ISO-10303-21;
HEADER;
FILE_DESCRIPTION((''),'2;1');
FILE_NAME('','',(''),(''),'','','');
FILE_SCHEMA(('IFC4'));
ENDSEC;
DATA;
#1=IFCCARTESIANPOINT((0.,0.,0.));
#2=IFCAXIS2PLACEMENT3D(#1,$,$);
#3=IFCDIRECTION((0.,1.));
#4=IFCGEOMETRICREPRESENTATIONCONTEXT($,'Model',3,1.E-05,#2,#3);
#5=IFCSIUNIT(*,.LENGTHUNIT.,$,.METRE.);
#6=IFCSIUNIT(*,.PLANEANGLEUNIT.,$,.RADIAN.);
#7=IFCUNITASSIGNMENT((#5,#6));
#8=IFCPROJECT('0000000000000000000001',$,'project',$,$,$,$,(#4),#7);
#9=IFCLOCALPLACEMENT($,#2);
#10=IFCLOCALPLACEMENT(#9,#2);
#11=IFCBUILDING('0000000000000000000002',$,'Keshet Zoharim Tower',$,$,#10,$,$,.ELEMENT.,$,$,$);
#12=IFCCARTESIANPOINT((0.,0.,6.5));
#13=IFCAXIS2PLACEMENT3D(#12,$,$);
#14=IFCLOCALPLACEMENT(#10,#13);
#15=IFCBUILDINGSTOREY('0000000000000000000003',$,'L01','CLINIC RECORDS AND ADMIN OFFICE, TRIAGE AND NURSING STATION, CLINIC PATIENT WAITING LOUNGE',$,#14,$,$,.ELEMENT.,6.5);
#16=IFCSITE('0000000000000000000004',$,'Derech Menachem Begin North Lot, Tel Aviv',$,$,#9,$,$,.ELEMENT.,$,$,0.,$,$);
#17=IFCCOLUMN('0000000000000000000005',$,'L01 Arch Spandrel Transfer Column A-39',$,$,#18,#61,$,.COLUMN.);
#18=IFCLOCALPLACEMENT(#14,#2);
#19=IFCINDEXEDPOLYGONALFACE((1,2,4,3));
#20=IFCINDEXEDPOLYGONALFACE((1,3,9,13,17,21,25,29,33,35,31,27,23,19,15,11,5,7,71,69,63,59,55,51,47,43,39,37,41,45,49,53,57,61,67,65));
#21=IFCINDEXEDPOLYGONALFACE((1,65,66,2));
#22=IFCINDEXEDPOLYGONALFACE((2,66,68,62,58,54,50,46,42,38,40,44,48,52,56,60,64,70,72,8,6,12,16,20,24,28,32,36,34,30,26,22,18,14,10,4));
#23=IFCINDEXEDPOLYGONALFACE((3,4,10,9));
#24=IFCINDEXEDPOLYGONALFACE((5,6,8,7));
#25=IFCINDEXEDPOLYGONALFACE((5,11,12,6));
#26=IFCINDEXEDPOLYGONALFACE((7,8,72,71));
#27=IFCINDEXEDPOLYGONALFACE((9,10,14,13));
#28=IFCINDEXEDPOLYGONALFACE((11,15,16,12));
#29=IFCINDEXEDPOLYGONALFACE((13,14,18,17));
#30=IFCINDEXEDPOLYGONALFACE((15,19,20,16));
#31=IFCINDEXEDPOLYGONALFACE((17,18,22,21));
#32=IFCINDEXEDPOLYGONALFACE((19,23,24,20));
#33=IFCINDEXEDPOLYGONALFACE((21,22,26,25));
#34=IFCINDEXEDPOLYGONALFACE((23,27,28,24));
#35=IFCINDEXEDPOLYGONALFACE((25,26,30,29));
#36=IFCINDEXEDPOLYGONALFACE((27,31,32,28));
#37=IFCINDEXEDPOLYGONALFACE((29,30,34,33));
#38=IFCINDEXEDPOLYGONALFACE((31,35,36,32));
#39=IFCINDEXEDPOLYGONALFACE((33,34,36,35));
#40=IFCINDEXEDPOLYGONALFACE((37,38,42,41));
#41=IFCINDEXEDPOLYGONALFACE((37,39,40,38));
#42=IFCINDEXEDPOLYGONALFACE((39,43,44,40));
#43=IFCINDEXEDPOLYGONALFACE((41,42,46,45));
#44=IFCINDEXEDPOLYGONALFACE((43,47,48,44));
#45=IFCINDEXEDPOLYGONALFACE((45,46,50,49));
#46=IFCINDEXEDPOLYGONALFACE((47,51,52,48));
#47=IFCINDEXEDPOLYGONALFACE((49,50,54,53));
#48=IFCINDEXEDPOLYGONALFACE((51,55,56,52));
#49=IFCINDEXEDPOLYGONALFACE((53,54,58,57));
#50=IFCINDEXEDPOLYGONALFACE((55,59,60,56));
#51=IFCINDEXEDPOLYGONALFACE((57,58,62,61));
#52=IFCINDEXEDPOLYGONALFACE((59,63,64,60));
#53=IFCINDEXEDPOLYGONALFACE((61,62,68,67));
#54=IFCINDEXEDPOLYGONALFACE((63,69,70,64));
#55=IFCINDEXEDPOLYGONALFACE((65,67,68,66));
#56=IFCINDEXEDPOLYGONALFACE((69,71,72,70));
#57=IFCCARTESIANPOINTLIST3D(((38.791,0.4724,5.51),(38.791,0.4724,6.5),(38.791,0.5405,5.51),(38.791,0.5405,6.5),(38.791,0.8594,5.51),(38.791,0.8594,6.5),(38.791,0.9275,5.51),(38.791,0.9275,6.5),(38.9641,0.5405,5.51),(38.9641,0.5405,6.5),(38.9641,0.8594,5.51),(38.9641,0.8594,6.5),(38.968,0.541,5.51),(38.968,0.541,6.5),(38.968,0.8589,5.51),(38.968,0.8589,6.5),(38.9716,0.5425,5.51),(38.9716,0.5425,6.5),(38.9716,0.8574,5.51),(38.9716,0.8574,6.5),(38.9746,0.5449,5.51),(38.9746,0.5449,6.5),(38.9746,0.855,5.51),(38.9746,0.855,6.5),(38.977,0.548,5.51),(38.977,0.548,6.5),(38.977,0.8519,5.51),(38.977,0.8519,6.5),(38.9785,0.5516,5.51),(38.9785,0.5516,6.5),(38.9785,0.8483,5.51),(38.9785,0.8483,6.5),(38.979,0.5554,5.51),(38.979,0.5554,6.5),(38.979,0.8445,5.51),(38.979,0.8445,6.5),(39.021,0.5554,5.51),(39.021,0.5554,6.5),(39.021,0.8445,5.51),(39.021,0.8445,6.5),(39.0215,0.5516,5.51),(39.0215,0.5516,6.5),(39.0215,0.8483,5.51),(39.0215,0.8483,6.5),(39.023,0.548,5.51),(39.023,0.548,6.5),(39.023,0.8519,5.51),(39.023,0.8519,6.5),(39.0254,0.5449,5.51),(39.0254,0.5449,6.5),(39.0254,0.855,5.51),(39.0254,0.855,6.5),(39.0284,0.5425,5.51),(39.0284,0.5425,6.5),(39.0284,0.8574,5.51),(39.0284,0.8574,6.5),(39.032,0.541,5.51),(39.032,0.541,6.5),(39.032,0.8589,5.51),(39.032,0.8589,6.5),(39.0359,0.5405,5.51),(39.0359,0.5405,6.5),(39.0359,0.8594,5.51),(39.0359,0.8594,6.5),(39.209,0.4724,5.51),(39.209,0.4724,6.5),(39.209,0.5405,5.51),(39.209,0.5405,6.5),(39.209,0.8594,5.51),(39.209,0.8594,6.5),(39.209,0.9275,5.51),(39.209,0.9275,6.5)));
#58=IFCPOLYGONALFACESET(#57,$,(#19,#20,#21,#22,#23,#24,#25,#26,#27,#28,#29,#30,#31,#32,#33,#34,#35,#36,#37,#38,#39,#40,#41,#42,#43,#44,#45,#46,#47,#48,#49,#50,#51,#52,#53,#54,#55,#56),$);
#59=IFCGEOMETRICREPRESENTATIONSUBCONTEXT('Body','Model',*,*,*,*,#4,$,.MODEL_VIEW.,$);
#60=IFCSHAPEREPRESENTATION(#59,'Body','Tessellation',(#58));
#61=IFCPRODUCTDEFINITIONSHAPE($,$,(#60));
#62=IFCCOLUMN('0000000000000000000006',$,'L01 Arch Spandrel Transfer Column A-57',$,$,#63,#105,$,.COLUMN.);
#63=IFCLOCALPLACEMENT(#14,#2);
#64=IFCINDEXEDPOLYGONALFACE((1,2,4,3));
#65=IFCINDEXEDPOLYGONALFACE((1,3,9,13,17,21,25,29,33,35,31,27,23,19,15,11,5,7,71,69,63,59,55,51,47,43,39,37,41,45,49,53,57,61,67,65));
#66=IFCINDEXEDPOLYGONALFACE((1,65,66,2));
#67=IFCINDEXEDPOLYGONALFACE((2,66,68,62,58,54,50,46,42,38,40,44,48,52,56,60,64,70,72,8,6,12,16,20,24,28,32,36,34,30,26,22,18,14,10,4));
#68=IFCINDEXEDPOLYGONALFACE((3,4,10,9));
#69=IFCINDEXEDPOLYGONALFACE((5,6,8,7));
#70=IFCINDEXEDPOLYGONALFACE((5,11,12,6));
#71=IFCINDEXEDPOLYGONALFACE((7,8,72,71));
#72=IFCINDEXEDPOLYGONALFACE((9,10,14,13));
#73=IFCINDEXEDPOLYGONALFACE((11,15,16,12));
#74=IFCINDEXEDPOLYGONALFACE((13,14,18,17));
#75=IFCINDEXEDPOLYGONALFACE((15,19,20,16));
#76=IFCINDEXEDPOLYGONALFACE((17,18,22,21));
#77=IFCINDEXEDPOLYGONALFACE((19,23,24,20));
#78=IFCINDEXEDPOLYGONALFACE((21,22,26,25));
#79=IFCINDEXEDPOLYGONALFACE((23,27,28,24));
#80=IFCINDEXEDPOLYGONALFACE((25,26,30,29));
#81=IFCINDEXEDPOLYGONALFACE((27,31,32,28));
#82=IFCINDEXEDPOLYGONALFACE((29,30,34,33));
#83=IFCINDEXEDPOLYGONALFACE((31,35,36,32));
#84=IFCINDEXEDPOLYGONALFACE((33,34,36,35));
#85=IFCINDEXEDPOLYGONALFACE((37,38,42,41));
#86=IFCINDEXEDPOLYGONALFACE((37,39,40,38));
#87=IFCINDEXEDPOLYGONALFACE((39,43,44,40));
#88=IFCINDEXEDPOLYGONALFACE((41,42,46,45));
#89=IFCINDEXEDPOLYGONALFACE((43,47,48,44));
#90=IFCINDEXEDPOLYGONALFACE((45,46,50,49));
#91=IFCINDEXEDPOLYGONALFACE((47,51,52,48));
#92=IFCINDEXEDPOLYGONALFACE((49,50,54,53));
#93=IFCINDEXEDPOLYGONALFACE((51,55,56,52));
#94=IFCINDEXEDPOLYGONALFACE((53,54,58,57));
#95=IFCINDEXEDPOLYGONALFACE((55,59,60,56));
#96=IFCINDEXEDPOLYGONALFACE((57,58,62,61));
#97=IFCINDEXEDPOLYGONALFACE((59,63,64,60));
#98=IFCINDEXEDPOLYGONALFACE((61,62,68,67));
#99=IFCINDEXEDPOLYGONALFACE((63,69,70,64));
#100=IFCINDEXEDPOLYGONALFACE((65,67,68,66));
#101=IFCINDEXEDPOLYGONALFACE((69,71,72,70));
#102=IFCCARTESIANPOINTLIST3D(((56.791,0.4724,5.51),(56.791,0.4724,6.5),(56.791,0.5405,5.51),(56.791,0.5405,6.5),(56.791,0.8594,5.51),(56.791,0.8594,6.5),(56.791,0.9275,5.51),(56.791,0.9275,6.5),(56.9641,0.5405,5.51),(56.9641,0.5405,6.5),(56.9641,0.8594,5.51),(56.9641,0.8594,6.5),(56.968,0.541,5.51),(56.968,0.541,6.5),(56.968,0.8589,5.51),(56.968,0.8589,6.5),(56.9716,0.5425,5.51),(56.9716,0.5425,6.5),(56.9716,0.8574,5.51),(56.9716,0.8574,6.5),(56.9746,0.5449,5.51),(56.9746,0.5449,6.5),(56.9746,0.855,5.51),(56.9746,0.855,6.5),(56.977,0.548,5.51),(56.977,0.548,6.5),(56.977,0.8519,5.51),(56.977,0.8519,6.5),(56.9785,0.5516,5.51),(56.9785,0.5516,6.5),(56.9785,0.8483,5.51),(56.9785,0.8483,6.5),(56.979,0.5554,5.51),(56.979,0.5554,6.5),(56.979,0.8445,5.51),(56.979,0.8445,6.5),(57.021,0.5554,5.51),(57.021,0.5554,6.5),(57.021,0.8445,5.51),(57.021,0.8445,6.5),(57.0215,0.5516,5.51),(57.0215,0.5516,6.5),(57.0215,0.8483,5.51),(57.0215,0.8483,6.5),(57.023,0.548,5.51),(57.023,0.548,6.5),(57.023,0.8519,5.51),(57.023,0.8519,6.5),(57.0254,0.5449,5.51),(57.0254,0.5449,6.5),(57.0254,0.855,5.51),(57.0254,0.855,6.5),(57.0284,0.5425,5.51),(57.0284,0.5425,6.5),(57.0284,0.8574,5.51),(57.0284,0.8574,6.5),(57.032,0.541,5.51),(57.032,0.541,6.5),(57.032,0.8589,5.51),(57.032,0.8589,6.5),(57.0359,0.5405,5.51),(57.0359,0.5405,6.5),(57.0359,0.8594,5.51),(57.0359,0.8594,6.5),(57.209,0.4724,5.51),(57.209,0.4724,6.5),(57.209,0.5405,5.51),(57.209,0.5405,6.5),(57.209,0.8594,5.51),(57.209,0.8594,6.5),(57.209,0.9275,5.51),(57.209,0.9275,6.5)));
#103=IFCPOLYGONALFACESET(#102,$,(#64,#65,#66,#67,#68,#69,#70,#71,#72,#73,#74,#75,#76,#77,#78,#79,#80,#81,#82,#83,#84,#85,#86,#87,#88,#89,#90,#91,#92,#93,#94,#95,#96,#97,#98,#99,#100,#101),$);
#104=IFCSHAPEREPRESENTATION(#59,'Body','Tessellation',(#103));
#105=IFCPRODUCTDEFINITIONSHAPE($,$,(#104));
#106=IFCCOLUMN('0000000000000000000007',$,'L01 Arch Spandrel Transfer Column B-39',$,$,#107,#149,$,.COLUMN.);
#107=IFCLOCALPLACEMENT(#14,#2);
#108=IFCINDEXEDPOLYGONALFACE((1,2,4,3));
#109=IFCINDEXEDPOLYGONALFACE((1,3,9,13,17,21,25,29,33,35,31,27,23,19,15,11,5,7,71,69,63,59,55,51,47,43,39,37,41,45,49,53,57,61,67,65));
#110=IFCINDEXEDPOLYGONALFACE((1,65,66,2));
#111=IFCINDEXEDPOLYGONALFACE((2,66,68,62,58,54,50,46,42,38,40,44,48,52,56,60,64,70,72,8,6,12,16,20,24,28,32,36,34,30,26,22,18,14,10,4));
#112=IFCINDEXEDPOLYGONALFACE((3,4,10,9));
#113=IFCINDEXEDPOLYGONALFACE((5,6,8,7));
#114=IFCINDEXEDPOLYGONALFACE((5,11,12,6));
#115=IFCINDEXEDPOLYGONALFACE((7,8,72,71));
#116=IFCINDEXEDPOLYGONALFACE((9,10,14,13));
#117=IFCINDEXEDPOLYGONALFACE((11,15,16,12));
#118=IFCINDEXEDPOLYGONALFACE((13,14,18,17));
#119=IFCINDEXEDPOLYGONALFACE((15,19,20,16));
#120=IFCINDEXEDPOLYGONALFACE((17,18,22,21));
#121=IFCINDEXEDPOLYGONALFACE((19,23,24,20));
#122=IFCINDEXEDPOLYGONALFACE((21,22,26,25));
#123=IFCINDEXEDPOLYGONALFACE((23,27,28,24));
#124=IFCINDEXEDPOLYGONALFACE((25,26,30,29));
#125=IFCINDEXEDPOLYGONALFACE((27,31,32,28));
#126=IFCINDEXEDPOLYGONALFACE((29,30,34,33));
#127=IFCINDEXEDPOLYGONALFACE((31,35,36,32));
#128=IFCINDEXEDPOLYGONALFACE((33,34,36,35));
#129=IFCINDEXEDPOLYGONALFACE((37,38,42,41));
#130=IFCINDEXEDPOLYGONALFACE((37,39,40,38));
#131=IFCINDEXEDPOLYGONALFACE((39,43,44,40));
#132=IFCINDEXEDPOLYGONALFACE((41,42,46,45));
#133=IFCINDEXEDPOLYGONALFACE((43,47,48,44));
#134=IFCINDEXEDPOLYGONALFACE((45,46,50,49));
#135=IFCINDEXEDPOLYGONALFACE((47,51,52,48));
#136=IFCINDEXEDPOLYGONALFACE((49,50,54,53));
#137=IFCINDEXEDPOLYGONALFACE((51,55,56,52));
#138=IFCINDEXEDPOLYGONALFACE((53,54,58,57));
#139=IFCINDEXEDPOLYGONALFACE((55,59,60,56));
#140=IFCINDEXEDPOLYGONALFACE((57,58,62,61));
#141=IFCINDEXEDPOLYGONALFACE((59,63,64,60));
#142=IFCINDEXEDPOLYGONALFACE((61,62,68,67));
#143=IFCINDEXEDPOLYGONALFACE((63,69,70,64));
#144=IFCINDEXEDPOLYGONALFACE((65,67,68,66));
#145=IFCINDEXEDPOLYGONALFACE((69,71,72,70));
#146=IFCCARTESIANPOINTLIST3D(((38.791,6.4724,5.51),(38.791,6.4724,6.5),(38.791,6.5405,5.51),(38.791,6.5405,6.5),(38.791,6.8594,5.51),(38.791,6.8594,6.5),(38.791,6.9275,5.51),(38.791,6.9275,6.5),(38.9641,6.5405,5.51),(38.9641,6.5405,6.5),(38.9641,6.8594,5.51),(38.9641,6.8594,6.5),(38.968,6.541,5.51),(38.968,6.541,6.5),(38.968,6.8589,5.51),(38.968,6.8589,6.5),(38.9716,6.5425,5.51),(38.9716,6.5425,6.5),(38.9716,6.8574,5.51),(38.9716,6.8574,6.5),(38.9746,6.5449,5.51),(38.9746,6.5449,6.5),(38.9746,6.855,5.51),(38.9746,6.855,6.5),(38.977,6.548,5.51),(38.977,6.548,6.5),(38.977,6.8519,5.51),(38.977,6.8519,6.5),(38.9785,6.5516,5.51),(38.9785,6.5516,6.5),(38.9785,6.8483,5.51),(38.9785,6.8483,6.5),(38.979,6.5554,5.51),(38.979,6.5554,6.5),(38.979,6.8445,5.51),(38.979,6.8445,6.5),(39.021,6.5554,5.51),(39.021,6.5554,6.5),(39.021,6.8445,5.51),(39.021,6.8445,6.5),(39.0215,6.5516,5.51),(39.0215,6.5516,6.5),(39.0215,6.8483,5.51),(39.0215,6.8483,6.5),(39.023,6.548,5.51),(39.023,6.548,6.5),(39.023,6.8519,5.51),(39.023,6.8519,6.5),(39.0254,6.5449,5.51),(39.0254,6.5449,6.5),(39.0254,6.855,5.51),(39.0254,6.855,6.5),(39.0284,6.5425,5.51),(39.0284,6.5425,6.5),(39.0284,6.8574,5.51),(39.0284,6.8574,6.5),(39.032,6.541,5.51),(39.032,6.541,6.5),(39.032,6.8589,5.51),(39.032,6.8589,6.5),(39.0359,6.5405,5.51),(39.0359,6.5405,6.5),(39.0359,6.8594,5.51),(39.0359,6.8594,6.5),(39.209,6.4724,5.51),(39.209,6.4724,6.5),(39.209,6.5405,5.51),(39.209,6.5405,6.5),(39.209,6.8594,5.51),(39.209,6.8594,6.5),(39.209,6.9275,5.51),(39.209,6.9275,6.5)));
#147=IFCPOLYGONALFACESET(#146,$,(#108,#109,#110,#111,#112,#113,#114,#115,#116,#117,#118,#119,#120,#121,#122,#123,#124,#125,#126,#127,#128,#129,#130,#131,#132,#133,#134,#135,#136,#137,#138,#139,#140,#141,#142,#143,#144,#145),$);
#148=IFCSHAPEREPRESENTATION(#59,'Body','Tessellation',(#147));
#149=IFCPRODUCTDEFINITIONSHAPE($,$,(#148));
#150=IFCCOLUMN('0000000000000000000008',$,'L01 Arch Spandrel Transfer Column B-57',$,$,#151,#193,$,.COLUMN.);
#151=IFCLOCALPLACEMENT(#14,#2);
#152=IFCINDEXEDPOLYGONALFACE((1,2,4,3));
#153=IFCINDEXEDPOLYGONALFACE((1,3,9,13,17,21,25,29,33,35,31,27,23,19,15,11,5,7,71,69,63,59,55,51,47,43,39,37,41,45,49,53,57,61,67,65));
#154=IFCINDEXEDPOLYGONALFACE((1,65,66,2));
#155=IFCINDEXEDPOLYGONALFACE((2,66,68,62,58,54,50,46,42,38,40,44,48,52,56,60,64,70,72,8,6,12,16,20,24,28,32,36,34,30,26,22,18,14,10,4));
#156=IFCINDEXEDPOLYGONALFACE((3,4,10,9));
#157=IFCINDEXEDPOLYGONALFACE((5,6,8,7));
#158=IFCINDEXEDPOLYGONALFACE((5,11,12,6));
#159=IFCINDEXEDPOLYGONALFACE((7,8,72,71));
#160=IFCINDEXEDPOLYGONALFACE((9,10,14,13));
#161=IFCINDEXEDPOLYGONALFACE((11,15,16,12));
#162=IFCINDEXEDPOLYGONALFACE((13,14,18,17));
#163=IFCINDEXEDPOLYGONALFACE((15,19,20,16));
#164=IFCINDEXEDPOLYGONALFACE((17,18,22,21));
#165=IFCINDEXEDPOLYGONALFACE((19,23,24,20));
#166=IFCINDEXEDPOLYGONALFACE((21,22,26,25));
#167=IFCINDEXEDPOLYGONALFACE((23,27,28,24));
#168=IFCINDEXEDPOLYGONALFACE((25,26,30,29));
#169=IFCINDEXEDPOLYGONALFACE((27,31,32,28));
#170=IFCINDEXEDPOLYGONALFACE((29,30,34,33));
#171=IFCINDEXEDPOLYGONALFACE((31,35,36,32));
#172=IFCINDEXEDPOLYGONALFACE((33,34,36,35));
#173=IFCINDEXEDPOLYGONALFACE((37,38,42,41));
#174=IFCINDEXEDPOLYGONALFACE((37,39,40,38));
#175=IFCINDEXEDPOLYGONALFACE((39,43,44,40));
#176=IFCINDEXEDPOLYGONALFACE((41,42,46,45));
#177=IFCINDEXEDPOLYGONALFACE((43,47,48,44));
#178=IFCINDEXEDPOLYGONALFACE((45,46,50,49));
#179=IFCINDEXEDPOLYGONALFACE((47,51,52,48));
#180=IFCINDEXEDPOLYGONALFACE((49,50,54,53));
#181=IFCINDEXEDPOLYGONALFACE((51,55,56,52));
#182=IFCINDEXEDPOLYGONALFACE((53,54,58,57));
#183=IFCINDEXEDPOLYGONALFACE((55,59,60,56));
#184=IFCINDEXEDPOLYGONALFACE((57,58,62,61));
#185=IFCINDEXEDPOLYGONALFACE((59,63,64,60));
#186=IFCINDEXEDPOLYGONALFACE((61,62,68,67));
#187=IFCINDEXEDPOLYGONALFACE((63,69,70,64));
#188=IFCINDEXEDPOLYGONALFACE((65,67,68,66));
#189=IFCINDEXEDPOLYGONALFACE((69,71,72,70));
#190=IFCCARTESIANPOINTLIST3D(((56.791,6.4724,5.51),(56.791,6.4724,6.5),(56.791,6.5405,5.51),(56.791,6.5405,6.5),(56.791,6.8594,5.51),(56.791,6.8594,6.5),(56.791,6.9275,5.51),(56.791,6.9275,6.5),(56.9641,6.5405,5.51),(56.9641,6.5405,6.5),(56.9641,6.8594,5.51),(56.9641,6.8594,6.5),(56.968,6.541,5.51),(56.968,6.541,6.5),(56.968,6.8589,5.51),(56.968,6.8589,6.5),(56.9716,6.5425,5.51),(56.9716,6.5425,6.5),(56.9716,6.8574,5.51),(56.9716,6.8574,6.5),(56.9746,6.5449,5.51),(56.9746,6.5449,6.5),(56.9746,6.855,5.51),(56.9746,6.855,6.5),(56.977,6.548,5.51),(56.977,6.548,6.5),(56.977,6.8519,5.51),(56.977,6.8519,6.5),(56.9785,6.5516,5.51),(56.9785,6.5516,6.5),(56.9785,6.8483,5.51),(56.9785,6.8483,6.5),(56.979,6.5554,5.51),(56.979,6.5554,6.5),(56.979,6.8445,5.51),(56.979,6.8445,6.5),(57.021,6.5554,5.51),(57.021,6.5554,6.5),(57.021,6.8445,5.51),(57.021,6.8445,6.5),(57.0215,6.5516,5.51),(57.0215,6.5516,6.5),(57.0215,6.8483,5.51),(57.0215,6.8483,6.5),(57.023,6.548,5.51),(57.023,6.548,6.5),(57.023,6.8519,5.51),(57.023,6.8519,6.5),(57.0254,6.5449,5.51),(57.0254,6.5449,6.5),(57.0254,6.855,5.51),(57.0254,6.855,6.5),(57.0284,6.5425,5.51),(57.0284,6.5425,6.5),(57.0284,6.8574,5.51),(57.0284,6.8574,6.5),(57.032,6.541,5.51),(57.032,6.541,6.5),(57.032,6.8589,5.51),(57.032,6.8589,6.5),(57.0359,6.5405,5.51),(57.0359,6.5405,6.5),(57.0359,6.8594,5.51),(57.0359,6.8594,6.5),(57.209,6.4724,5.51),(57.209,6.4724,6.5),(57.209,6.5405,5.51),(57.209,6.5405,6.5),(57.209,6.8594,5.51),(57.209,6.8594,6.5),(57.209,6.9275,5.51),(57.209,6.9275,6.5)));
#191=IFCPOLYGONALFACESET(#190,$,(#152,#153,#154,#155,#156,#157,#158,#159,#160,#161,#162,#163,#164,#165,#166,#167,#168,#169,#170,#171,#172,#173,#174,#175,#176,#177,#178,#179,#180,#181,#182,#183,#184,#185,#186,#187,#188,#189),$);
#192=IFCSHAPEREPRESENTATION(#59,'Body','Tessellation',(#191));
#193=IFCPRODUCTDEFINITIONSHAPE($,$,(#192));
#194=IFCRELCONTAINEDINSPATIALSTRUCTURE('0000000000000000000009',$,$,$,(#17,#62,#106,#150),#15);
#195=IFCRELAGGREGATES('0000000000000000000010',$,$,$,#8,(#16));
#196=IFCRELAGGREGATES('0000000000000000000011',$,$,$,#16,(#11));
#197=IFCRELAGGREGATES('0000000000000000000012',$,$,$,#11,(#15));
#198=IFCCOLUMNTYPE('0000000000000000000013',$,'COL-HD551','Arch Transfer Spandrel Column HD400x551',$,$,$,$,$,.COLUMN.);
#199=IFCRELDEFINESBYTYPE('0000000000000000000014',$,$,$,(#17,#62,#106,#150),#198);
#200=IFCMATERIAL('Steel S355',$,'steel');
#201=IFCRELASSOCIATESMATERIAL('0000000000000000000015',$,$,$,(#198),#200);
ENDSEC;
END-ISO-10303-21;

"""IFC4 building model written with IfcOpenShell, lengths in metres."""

from ifc_helpers import new_model, si_unit, direction, frame, origin, origin_2d, place, context, subcontext, project, spatial, i_section, extrude, material, material_profile, profile_set, type_object, element, save


model = new_model("IFC4")

# Units and contexts
model_context = context("Model", 3, precision=1e-05, world=origin(), true_north=direction((0.0, 1.0)))
body_context = subcontext(model_context, "Body", "Model", "MODEL_VIEW")
ifc_project = project(units=[si_unit("LENGTHUNIT", "METRE"), si_unit("PLANEANGLEUNIT", "RADIAN")], contexts=[model_context])

# Site, building, storey
site_placement = place(None, origin())
site = spatial("IfcSite", under=ifc_project, at=site_placement, Name="Derech Menachem Begin North Lot, Tel Aviv", CompositionType="ELEMENT", RefElevation=0.0)
building_placement = place(site_placement, origin())
building = spatial("IfcBuilding", under=site, at=building_placement, Name="Keshet Zoharim Tower", CompositionType="ELEMENT")
storey_placement = place(building_placement, frame((0.0, 0.0, 6.5)))
storey = spatial("IfcBuildingStorey", under=building, at=storey_placement, Name="L01", Description="CLINIC RECORDS AND ADMIN OFFICE, TRIAGE AND NURSING STATION, CLINIC PATIENT WAITING LOUNGE", CompositionType="ELEMENT", Elevation=6.5)

# Columns
ifc_material_1 = material(Name="Steel S355", Category="steel")
ifc_material_profile_1 = material_profile(ifc_material_1, i_section(OverallWidth=0.418, OverallDepth=0.4551, WebThickness=0.042, FlangeThickness=0.0681, FilletRadius=0.0149, at=origin_2d()), Name="HD400x551")
ifc_profile_set_1 = profile_set([ifc_material_profile_1], Name="Steel S355")
column_type_1 = type_object("IfcColumnType", Name="COL-HD551", Description="Arch Transfer Spandrel Column HD400x551", PredefinedType="COLUMN", material=ifc_profile_set_1)
for number, where, z_axis, x_axis, name in (
    (1, (39.0, 0.7, 5.51), (0.0, 0.0, 1.0), (1.0, 0.0, 0.0), "L01 Arch Spandrel Transfer Column A-39"),
    (2, (57.0, 0.7, 5.51), (0.0, 0.0, 1.0), (1.0, 0.0, 0.0), "L01 Arch Spandrel Transfer Column A-57"),
    (3, (39.0, 6.7, 5.51), (0.0, 0.0, 1.0), (1.0, 0.0, 0.0), "L01 Arch Spandrel Transfer Column B-39"),
    (4, (57.0, 6.7, 5.51), (0.0, 0.0, 1.0), (1.0, 0.0, 0.0), "L01 Arch Spandrel Transfer Column B-57"),
):
    element("IfcColumn", number, at=place(storey_placement, frame(where, z_axis=z_axis, x_axis=x_axis)), inside=storey, type_object=column_type_1, Name=name, PredefinedType="COLUMN", context=body_context, shape_type="SweptSolid", body=[
        extrude(i_section(OverallWidth=0.418, OverallDepth=0.4551, WebThickness=0.042, FlangeThickness=0.0681, FilletRadius=0.0149, at=origin_2d()), origin(), (0.0, 0.0, 1.0), 0.99),
    ])

save(model, "model.ifc")
